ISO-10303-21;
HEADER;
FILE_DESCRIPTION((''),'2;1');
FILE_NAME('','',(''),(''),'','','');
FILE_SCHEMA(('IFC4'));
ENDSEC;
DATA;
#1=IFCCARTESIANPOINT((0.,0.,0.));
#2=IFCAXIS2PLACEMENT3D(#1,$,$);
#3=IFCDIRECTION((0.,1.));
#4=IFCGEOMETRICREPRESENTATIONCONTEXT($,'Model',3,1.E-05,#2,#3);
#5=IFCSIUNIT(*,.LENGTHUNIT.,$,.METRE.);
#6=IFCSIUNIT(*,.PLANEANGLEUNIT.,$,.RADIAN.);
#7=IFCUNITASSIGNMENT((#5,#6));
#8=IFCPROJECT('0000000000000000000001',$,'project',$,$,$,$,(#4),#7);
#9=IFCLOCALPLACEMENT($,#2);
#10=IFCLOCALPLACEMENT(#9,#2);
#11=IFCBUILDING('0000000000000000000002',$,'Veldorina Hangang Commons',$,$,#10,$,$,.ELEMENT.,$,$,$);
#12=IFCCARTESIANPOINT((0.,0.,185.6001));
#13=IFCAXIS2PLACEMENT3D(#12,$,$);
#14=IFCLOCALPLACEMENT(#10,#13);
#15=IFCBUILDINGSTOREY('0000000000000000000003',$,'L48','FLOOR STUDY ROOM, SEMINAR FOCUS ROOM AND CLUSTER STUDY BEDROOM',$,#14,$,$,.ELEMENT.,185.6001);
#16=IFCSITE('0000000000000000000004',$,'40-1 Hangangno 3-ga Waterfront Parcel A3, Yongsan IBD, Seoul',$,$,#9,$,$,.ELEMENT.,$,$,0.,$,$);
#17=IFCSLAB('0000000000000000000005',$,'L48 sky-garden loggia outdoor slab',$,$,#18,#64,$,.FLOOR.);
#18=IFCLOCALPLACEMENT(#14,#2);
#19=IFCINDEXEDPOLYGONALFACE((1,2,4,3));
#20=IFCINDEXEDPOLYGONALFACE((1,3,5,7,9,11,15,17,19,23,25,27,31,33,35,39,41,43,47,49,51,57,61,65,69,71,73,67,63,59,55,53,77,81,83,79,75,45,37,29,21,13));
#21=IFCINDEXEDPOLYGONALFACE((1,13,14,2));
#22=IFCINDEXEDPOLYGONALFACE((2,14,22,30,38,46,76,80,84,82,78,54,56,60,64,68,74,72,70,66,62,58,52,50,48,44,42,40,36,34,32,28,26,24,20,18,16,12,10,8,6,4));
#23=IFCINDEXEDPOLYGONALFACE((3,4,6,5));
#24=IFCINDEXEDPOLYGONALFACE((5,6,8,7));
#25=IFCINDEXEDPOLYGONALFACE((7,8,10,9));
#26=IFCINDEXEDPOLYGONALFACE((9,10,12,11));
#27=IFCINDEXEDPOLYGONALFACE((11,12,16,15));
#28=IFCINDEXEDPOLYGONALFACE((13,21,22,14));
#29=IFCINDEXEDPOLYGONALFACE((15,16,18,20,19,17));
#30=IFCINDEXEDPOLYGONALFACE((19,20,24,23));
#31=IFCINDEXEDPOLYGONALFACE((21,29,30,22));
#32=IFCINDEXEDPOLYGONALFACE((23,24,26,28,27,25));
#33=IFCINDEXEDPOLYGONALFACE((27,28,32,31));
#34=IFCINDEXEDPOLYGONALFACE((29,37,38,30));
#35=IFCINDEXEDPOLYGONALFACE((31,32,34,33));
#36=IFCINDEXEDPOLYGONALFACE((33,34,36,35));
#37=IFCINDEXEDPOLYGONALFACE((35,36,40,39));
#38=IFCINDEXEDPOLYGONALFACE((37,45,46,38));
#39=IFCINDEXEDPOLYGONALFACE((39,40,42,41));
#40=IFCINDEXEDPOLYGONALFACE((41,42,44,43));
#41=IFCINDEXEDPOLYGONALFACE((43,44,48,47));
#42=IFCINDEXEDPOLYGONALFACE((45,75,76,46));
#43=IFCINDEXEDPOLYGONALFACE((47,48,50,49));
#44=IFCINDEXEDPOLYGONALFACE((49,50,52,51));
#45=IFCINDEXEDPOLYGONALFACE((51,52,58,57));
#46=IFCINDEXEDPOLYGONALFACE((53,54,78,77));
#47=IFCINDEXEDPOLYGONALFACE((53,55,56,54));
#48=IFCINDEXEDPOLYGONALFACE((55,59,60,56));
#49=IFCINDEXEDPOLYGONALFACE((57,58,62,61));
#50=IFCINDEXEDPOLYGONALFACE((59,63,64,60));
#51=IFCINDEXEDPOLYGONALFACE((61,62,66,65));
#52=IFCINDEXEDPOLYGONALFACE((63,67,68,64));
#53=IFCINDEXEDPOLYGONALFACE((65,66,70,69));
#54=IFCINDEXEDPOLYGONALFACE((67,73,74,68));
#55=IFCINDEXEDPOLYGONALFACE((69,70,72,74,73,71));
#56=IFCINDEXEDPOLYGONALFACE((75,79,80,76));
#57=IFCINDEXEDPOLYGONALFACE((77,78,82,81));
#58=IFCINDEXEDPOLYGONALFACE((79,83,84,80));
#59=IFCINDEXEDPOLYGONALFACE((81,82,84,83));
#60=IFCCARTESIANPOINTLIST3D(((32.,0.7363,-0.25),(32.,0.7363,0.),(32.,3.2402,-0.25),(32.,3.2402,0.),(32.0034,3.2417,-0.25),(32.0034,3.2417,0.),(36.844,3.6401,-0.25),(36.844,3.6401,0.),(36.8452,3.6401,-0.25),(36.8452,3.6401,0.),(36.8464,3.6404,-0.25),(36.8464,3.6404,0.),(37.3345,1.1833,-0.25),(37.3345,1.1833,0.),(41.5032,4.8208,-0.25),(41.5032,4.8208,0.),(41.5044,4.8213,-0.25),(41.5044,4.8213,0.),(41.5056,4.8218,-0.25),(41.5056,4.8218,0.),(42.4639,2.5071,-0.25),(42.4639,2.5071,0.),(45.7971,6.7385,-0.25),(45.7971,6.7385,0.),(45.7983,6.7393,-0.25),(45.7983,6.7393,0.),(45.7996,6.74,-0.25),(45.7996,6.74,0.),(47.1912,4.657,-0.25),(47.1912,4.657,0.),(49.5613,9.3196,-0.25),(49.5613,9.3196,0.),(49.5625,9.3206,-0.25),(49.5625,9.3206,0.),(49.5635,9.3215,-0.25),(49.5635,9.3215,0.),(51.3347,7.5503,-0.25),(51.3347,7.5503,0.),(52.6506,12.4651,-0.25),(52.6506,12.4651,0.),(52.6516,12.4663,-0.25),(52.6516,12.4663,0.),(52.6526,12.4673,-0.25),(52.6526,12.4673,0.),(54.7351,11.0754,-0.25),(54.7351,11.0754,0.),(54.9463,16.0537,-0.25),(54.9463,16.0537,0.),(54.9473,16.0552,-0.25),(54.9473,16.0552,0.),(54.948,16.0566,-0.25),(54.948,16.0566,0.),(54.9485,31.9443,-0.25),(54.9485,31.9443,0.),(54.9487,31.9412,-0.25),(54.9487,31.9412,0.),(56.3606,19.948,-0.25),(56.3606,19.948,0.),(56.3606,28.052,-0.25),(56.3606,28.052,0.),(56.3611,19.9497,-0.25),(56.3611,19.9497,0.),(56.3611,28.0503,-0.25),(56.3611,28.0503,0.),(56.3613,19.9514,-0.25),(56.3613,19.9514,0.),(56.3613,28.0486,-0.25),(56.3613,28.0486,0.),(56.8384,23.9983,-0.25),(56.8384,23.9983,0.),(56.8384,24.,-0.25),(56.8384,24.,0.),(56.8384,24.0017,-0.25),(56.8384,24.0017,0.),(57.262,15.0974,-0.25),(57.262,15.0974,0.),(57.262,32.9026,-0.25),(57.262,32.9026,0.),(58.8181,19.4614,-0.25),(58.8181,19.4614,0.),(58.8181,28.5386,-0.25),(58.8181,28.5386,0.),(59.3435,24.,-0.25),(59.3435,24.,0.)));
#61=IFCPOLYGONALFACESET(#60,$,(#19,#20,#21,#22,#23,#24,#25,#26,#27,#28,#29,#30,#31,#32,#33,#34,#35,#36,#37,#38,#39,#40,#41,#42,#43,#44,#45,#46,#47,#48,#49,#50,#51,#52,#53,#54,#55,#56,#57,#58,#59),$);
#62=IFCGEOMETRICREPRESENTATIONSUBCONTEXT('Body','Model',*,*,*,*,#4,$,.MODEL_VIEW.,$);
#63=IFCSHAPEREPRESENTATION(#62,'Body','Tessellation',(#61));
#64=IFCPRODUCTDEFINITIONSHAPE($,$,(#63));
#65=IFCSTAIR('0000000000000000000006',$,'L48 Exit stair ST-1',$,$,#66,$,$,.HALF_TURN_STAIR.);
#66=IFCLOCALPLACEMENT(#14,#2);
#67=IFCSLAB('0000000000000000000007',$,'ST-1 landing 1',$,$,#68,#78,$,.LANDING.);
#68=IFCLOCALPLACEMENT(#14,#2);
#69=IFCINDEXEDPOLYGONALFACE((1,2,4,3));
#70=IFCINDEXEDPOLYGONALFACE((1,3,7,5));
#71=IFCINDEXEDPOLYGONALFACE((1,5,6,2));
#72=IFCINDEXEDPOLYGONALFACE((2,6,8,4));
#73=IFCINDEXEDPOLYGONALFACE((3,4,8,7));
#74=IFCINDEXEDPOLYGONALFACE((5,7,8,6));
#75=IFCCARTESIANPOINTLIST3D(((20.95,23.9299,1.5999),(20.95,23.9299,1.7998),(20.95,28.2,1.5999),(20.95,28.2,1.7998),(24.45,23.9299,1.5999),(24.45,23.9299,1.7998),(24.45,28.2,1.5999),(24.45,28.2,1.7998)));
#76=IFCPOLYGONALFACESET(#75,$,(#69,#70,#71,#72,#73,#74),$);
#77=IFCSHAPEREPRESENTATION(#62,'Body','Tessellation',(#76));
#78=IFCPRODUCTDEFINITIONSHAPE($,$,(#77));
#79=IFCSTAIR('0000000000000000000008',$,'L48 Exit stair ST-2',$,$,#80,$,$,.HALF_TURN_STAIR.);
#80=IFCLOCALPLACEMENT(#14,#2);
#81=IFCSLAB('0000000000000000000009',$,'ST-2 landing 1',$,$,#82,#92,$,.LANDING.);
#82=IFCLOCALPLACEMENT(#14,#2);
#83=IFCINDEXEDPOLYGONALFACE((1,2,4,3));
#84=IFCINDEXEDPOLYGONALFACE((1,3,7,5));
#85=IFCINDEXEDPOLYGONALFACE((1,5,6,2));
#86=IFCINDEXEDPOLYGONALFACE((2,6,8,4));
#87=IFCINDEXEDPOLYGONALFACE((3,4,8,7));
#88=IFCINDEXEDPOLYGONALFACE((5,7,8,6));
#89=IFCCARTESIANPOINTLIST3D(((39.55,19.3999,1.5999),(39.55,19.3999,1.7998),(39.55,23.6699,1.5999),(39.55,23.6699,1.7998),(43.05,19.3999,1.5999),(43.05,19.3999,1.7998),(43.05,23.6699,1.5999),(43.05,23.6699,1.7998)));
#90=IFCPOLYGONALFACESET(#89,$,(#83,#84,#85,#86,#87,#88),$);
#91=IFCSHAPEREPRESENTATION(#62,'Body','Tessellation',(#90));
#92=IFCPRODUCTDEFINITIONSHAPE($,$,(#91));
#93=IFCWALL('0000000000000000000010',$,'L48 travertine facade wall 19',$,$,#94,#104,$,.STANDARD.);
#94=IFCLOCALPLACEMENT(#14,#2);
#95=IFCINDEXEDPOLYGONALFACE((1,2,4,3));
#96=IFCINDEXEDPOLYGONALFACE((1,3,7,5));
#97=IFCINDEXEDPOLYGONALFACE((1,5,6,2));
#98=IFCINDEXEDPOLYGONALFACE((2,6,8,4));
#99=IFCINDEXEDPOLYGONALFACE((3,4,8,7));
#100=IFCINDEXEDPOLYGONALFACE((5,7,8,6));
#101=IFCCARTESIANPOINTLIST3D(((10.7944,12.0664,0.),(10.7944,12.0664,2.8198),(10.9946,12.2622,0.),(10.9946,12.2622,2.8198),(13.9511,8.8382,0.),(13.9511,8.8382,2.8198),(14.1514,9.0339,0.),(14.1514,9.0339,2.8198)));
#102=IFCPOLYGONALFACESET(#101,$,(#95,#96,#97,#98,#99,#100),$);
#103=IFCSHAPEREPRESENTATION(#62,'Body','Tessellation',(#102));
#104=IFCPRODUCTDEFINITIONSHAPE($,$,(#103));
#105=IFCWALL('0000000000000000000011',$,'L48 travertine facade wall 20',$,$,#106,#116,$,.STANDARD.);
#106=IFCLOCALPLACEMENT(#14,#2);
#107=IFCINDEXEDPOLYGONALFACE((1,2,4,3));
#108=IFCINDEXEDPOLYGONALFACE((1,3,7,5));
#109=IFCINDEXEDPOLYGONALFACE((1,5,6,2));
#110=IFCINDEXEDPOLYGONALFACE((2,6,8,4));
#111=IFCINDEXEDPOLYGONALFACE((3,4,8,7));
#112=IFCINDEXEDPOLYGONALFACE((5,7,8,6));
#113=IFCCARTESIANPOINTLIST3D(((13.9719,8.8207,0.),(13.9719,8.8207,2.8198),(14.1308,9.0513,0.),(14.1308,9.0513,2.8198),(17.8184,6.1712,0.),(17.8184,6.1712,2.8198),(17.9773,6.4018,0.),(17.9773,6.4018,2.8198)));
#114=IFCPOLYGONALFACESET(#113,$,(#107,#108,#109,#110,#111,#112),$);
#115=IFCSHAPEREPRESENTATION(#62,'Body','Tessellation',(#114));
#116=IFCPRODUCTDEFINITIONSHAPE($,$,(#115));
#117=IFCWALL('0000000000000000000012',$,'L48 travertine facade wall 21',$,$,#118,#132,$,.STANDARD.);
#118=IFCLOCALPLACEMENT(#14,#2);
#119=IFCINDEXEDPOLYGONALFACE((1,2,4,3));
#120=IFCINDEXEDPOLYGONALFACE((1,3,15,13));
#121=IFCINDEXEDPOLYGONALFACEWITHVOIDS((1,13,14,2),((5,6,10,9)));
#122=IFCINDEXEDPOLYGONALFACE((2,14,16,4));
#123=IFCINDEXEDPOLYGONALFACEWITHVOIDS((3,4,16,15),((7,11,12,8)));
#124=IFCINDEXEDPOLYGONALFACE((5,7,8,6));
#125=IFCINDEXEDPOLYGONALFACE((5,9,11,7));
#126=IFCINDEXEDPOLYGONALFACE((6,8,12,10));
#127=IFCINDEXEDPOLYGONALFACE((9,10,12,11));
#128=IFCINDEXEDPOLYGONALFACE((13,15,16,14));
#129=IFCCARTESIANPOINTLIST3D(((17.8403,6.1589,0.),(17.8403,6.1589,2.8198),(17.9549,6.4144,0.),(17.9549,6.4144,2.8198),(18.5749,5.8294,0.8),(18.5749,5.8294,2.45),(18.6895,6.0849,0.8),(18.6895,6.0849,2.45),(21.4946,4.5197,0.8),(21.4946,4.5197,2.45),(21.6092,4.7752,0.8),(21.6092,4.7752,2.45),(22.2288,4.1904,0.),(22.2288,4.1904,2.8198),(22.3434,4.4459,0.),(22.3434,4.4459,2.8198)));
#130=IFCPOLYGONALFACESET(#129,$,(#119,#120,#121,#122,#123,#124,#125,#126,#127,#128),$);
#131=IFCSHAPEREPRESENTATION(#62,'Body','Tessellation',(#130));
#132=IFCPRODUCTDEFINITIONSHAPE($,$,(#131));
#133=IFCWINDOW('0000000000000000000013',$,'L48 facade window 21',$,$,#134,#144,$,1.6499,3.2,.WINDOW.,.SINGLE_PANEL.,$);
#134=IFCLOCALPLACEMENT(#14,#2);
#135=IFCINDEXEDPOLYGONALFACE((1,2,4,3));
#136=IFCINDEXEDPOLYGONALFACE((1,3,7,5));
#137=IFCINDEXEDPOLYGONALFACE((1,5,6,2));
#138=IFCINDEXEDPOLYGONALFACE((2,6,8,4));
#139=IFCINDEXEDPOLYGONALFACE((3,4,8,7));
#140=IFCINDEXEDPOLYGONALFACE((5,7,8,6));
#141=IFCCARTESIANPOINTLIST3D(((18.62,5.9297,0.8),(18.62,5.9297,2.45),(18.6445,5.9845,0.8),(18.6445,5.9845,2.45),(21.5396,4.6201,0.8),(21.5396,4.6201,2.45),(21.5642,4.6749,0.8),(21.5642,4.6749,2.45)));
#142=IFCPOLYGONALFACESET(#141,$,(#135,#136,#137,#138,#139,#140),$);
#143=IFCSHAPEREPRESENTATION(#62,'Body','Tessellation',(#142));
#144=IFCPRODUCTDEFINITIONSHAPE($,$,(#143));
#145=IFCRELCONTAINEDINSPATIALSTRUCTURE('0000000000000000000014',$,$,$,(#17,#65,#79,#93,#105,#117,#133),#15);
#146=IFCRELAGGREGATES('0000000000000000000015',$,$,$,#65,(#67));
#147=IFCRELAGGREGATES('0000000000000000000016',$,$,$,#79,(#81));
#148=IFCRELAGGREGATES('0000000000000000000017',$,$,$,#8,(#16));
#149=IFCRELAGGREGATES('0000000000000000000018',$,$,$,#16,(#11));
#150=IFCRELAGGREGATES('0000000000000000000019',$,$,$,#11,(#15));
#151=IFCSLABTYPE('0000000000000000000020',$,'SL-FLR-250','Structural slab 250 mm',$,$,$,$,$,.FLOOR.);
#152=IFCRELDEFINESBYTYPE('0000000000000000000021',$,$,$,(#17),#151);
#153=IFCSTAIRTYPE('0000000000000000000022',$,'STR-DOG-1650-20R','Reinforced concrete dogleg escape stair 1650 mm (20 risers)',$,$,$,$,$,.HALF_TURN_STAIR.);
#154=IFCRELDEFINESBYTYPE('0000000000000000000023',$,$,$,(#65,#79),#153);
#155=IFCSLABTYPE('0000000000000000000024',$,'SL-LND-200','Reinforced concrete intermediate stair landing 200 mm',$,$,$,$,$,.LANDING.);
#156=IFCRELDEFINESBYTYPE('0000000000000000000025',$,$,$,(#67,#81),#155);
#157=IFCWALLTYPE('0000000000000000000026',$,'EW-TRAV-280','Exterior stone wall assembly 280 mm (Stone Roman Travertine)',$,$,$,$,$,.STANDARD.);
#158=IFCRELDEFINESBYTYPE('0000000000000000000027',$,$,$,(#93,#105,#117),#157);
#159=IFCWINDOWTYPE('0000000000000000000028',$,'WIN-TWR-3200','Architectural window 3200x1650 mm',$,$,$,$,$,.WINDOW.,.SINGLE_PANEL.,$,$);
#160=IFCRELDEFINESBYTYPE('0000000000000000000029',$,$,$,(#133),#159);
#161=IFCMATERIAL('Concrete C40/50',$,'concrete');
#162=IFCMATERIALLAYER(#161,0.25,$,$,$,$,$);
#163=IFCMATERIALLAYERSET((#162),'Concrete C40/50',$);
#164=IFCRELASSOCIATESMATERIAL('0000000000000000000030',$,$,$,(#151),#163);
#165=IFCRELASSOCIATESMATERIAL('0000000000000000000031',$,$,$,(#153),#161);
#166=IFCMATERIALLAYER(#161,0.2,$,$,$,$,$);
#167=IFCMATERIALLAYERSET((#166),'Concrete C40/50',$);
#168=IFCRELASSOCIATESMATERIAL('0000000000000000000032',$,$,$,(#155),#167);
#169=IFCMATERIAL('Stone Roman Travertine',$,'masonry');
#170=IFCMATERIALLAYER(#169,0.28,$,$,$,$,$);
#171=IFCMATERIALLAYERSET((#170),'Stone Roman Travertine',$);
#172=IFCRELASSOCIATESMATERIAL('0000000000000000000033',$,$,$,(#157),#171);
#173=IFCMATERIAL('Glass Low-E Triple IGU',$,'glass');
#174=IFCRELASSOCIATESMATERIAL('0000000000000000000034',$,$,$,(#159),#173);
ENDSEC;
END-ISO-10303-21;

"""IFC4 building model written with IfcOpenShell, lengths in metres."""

from ifc_helpers import new_model, si_unit, direction, frame, frame_2d, origin, place, context, subcontext, project, spatial, polyline, rectangle, outline, extrude, material, layer, layer_set, type_object, element, fill, aggregate, save


model = new_model("IFC4")

# Units and contexts
model_context = context("Model", 3, precision=1e-05, world=origin(), true_north=direction((0.0, 1.0)))
body_context = subcontext(model_context, "Body", "Model", "MODEL_VIEW")
ifc_project = project(units=[si_unit("LENGTHUNIT", "METRE"), si_unit("PLANEANGLEUNIT", "RADIAN")], contexts=[model_context])

# Site, building, storey
site_placement = place(None, origin())
site = spatial("IfcSite", under=ifc_project, at=site_placement, Name="40-1 Hangangno 3-ga Waterfront Parcel A3, Yongsan IBD, Seoul", CompositionType="ELEMENT", RefElevation=0.0)
building_placement = place(site_placement, origin())
building = spatial("IfcBuilding", under=site, at=building_placement, Name="Veldorina Hangang Commons", CompositionType="ELEMENT")
storey_placement = place(building_placement, frame((0.0, 0.0, 185.6001)))
storey = spatial("IfcBuildingStorey", under=building, at=storey_placement, Name="L48", Description="FLOOR STUDY ROOM, SEMINAR FOCUS ROOM AND CLUSTER STUDY BEDROOM", CompositionType="ELEMENT", Elevation=185.6001)

# Slab
ifc_material_1 = material(Name="Concrete C40/50", Category="concrete")
ifc_layer_1 = layer(ifc_material_1, 0.25)
ifc_layer_set_1 = layer_set([ifc_layer_1], Name="Concrete C40/50")
slab_type_1 = type_object("IfcSlabType", Name="SL-FLR-250", Description="Structural slab 250 mm", PredefinedType="FLOOR", material=ifc_layer_set_1)
slab_1_placement = place(storey_placement, frame((0.0, 0.0, -0.25)))
element("IfcSlab", 1, at=slab_1_placement, inside=storey, type_object=slab_type_1, Name="L48 sky-garden loggia outdoor slab", PredefinedType="FLOOR", context=body_context, shape_type="SweptSolid", body=[
    extrude(outline(polyline([(57.262, 32.9026), (58.8181, 28.5386), (59.3435, 24.0), (58.8181, 19.4614), (57.262, 15.0974), (54.7351, 11.0754), (51.3347, 7.5503), (47.1912, 4.657), (42.4639, 2.5071), (37.3345, 1.1833), (32.0, 0.7363), (32.0, 3.2402), (32.0034, 3.2417), (36.844, 3.6401), (36.8452, 3.6401), (36.8464, 3.6404), (41.5032, 4.8208), (41.5044, 4.8213), (41.5056, 4.8218), (45.7971, 6.7385), (45.7983, 6.7393), (45.7996, 6.74), (49.5613, 9.3196), (49.5625, 9.3206), (49.5635, 9.3215), (52.6506, 12.4651), (52.6516, 12.4663), (52.6526, 12.4673), (54.9463, 16.0537), (54.9473, 16.0552), (54.948, 16.0566), (56.3606, 19.948), (56.3611, 19.9497), (56.3613, 19.9514), (56.8384, 23.9983), (56.8384, 24.0), (56.8384, 24.0017), (56.3613, 28.0486), (56.3611, 28.0503), (56.3606, 28.052), (54.9487, 31.9412), (54.9485, 31.9443), (57.262, 32.9026)])), origin(), (0.0, 0.0, 1.0), 0.25),
])

# Stairs, slabs
stair_type = type_object("IfcStairType", Name="STR-DOG-1650-20R", Description="Reinforced concrete dogleg escape stair 1650 mm (20 risers)", PredefinedType="HALF_TURN_STAIR", material=ifc_material_1)
stair_1_placement = place(storey_placement, origin())
stair_1 = element("IfcStair", 2, at=stair_1_placement, inside=storey, type_object=stair_type, Name="L48 Exit stair ST-1", PredefinedType="HALF_TURN_STAIR")
ifc_layer_2 = layer(ifc_material_1, 0.2)
ifc_layer_set_2 = layer_set([ifc_layer_2], Name="Concrete C40/50")
slab_type_2 = type_object("IfcSlabType", Name="SL-LND-200", Description="Reinforced concrete intermediate stair landing 200 mm", PredefinedType="LANDING", material=ifc_layer_set_2)
slab_2_placement = place(storey_placement, frame((0.0, 0.0, 1.5999)))
slab_2 = element("IfcSlab", 3, at=slab_2_placement, type_object=slab_type_2, Name="ST-1 landing 1", PredefinedType="LANDING", context=body_context, shape_type="SweptSolid", body=[
    extrude(outline(polyline([(24.45, 23.9299), (24.45, 28.2), (20.95, 28.2), (20.95, 23.9299), (24.45, 23.9299)])), origin(), (0.0, 0.0, 1.0), 0.2),
])
aggregate(stair_1, [slab_2])
stair_2_placement = place(storey_placement, origin())
stair_2 = element("IfcStair", 4, at=stair_2_placement, inside=storey, type_object=stair_type, Name="L48 Exit stair ST-2", PredefinedType="HALF_TURN_STAIR")
slab_3_placement = place(storey_placement, frame((0.0, 0.0, 1.5999)))
slab_3 = element("IfcSlab", 5, at=slab_3_placement, type_object=slab_type_2, Name="ST-2 landing 1", PredefinedType="LANDING", context=body_context, shape_type="SweptSolid", body=[
    extrude(outline(polyline([(39.55, 23.6699), (39.55, 19.3999), (43.05, 19.3999), (43.05, 23.6699), (39.55, 23.6699)])), origin(), (0.0, 0.0, 1.0), 0.2),
])
aggregate(stair_2, [slab_3])

# Walls
ifc_material_2 = material(Name="Stone Roman Travertine", Category="masonry")
ifc_layer_3 = layer(ifc_material_2, 0.28)
ifc_layer_set_3 = layer_set([ifc_layer_3], Name="Stone Roman Travertine")
wall_type = type_object("IfcWallType", Name="EW-TRAV-280", Description="Exterior stone wall assembly 280 mm (Stone Roman Travertine)", PredefinedType="STANDARD", material=ifc_layer_set_3)
wall_1_placement = place(storey_placement, frame((10.8945, 12.1643, 0.0), z_axis=(0.0, 0.0, 1.0), x_axis=(0.699141, -0.714984, 0.0)))
element("IfcWall", 6, at=wall_1_placement, inside=storey, type_object=wall_type, Name="L48 travertine facade wall 19", PredefinedType="STANDARD", context=body_context, shape_type="SweptSolid", body=[
    extrude(rectangle(XDim=4.5151, YDim=0.28, at=frame_2d((2.2576, 0.0))), origin(), (0.0, 0.0, 1.0), 2.8198),
])
wall_2_placement = place(storey_placement, frame((14.0513, 8.936, 0.0), z_axis=(0.0, 0.0, 1.0), x_axis=(0.823543, -0.567254, 0.0)))
element("IfcWall", 7, at=wall_2_placement, inside=storey, type_object=wall_type, Name="L48 travertine facade wall 20", PredefinedType="STANDARD", context=body_context, shape_type="SweptSolid", body=[
    extrude(rectangle(XDim=4.6707, YDim=0.28, at=frame_2d((2.3354, 0.0))), origin(), (0.0, 0.0, 1.0), 2.8198),
])

# Wall, opening, window
wall_3_placement = place(storey_placement, frame((17.8977, 6.2866, 0.0), z_axis=(0.0, 0.0, 1.0), x_axis=(0.91241, -0.409277, 0.0)))
wall_3 = element("IfcWall", 8, at=wall_3_placement, inside=storey, type_object=wall_type, Name="L48 travertine facade wall 21", PredefinedType="STANDARD", context=body_context, shape_type="SweptSolid", body=[
    extrude(rectangle(XDim=4.8098, YDim=0.28, at=frame_2d((2.4048, 0.0))), origin(), (0.0, 0.0, 1.0), 2.8198),
])
opening_placement = place(wall_3_placement, frame((0.8049, 0.0, 0.8)))
opening = element("IfcOpeningElement", 9, at=opening_placement, cuts=wall_3, PredefinedType="OPENING", context=body_context, shape_type="SweptSolid", body=[
    extrude(rectangle(XDim=3.2, YDim=1.6499, at=frame_2d((1.6001, 0.825))), frame((0.0, 0.1499, 0.0), z_axis=(0.0, -1.0, 0.0), x_axis=(1.0, 0.0, 0.0)), (0.0, 0.0, 1.0), 0.3),
])
ifc_material_3 = material(Name="Glass Low-E Triple IGU", Category="glass")
window_type = type_object("IfcWindowType", Name="WIN-TWR-3200", Description="Architectural window 3200x1650 mm", PartitioningType="SINGLE_PANEL", PredefinedType="WINDOW", material=ifc_material_3)
window_placement = place(opening_placement, origin())
window = element("IfcWindow", 10, at=window_placement, inside=storey, type_object=window_type, Name="L48 facade window 21", OverallHeight=1.6499, OverallWidth=3.2, PartitioningType="SINGLE_PANEL", PredefinedType="WINDOW", context=body_context, shape_type="SweptSolid", body=[
    extrude(rectangle(XDim=3.2, YDim=1.6499, at=frame_2d((1.6001, 0.825))), frame((0.0, 0.03, 0.0), z_axis=(0.0, -1.0, 0.0), x_axis=(1.0, 0.0, 0.0)), (0.0, 0.0, 1.0), 0.0601),
])
fill(opening, window)

save(model, "model.ifc")
